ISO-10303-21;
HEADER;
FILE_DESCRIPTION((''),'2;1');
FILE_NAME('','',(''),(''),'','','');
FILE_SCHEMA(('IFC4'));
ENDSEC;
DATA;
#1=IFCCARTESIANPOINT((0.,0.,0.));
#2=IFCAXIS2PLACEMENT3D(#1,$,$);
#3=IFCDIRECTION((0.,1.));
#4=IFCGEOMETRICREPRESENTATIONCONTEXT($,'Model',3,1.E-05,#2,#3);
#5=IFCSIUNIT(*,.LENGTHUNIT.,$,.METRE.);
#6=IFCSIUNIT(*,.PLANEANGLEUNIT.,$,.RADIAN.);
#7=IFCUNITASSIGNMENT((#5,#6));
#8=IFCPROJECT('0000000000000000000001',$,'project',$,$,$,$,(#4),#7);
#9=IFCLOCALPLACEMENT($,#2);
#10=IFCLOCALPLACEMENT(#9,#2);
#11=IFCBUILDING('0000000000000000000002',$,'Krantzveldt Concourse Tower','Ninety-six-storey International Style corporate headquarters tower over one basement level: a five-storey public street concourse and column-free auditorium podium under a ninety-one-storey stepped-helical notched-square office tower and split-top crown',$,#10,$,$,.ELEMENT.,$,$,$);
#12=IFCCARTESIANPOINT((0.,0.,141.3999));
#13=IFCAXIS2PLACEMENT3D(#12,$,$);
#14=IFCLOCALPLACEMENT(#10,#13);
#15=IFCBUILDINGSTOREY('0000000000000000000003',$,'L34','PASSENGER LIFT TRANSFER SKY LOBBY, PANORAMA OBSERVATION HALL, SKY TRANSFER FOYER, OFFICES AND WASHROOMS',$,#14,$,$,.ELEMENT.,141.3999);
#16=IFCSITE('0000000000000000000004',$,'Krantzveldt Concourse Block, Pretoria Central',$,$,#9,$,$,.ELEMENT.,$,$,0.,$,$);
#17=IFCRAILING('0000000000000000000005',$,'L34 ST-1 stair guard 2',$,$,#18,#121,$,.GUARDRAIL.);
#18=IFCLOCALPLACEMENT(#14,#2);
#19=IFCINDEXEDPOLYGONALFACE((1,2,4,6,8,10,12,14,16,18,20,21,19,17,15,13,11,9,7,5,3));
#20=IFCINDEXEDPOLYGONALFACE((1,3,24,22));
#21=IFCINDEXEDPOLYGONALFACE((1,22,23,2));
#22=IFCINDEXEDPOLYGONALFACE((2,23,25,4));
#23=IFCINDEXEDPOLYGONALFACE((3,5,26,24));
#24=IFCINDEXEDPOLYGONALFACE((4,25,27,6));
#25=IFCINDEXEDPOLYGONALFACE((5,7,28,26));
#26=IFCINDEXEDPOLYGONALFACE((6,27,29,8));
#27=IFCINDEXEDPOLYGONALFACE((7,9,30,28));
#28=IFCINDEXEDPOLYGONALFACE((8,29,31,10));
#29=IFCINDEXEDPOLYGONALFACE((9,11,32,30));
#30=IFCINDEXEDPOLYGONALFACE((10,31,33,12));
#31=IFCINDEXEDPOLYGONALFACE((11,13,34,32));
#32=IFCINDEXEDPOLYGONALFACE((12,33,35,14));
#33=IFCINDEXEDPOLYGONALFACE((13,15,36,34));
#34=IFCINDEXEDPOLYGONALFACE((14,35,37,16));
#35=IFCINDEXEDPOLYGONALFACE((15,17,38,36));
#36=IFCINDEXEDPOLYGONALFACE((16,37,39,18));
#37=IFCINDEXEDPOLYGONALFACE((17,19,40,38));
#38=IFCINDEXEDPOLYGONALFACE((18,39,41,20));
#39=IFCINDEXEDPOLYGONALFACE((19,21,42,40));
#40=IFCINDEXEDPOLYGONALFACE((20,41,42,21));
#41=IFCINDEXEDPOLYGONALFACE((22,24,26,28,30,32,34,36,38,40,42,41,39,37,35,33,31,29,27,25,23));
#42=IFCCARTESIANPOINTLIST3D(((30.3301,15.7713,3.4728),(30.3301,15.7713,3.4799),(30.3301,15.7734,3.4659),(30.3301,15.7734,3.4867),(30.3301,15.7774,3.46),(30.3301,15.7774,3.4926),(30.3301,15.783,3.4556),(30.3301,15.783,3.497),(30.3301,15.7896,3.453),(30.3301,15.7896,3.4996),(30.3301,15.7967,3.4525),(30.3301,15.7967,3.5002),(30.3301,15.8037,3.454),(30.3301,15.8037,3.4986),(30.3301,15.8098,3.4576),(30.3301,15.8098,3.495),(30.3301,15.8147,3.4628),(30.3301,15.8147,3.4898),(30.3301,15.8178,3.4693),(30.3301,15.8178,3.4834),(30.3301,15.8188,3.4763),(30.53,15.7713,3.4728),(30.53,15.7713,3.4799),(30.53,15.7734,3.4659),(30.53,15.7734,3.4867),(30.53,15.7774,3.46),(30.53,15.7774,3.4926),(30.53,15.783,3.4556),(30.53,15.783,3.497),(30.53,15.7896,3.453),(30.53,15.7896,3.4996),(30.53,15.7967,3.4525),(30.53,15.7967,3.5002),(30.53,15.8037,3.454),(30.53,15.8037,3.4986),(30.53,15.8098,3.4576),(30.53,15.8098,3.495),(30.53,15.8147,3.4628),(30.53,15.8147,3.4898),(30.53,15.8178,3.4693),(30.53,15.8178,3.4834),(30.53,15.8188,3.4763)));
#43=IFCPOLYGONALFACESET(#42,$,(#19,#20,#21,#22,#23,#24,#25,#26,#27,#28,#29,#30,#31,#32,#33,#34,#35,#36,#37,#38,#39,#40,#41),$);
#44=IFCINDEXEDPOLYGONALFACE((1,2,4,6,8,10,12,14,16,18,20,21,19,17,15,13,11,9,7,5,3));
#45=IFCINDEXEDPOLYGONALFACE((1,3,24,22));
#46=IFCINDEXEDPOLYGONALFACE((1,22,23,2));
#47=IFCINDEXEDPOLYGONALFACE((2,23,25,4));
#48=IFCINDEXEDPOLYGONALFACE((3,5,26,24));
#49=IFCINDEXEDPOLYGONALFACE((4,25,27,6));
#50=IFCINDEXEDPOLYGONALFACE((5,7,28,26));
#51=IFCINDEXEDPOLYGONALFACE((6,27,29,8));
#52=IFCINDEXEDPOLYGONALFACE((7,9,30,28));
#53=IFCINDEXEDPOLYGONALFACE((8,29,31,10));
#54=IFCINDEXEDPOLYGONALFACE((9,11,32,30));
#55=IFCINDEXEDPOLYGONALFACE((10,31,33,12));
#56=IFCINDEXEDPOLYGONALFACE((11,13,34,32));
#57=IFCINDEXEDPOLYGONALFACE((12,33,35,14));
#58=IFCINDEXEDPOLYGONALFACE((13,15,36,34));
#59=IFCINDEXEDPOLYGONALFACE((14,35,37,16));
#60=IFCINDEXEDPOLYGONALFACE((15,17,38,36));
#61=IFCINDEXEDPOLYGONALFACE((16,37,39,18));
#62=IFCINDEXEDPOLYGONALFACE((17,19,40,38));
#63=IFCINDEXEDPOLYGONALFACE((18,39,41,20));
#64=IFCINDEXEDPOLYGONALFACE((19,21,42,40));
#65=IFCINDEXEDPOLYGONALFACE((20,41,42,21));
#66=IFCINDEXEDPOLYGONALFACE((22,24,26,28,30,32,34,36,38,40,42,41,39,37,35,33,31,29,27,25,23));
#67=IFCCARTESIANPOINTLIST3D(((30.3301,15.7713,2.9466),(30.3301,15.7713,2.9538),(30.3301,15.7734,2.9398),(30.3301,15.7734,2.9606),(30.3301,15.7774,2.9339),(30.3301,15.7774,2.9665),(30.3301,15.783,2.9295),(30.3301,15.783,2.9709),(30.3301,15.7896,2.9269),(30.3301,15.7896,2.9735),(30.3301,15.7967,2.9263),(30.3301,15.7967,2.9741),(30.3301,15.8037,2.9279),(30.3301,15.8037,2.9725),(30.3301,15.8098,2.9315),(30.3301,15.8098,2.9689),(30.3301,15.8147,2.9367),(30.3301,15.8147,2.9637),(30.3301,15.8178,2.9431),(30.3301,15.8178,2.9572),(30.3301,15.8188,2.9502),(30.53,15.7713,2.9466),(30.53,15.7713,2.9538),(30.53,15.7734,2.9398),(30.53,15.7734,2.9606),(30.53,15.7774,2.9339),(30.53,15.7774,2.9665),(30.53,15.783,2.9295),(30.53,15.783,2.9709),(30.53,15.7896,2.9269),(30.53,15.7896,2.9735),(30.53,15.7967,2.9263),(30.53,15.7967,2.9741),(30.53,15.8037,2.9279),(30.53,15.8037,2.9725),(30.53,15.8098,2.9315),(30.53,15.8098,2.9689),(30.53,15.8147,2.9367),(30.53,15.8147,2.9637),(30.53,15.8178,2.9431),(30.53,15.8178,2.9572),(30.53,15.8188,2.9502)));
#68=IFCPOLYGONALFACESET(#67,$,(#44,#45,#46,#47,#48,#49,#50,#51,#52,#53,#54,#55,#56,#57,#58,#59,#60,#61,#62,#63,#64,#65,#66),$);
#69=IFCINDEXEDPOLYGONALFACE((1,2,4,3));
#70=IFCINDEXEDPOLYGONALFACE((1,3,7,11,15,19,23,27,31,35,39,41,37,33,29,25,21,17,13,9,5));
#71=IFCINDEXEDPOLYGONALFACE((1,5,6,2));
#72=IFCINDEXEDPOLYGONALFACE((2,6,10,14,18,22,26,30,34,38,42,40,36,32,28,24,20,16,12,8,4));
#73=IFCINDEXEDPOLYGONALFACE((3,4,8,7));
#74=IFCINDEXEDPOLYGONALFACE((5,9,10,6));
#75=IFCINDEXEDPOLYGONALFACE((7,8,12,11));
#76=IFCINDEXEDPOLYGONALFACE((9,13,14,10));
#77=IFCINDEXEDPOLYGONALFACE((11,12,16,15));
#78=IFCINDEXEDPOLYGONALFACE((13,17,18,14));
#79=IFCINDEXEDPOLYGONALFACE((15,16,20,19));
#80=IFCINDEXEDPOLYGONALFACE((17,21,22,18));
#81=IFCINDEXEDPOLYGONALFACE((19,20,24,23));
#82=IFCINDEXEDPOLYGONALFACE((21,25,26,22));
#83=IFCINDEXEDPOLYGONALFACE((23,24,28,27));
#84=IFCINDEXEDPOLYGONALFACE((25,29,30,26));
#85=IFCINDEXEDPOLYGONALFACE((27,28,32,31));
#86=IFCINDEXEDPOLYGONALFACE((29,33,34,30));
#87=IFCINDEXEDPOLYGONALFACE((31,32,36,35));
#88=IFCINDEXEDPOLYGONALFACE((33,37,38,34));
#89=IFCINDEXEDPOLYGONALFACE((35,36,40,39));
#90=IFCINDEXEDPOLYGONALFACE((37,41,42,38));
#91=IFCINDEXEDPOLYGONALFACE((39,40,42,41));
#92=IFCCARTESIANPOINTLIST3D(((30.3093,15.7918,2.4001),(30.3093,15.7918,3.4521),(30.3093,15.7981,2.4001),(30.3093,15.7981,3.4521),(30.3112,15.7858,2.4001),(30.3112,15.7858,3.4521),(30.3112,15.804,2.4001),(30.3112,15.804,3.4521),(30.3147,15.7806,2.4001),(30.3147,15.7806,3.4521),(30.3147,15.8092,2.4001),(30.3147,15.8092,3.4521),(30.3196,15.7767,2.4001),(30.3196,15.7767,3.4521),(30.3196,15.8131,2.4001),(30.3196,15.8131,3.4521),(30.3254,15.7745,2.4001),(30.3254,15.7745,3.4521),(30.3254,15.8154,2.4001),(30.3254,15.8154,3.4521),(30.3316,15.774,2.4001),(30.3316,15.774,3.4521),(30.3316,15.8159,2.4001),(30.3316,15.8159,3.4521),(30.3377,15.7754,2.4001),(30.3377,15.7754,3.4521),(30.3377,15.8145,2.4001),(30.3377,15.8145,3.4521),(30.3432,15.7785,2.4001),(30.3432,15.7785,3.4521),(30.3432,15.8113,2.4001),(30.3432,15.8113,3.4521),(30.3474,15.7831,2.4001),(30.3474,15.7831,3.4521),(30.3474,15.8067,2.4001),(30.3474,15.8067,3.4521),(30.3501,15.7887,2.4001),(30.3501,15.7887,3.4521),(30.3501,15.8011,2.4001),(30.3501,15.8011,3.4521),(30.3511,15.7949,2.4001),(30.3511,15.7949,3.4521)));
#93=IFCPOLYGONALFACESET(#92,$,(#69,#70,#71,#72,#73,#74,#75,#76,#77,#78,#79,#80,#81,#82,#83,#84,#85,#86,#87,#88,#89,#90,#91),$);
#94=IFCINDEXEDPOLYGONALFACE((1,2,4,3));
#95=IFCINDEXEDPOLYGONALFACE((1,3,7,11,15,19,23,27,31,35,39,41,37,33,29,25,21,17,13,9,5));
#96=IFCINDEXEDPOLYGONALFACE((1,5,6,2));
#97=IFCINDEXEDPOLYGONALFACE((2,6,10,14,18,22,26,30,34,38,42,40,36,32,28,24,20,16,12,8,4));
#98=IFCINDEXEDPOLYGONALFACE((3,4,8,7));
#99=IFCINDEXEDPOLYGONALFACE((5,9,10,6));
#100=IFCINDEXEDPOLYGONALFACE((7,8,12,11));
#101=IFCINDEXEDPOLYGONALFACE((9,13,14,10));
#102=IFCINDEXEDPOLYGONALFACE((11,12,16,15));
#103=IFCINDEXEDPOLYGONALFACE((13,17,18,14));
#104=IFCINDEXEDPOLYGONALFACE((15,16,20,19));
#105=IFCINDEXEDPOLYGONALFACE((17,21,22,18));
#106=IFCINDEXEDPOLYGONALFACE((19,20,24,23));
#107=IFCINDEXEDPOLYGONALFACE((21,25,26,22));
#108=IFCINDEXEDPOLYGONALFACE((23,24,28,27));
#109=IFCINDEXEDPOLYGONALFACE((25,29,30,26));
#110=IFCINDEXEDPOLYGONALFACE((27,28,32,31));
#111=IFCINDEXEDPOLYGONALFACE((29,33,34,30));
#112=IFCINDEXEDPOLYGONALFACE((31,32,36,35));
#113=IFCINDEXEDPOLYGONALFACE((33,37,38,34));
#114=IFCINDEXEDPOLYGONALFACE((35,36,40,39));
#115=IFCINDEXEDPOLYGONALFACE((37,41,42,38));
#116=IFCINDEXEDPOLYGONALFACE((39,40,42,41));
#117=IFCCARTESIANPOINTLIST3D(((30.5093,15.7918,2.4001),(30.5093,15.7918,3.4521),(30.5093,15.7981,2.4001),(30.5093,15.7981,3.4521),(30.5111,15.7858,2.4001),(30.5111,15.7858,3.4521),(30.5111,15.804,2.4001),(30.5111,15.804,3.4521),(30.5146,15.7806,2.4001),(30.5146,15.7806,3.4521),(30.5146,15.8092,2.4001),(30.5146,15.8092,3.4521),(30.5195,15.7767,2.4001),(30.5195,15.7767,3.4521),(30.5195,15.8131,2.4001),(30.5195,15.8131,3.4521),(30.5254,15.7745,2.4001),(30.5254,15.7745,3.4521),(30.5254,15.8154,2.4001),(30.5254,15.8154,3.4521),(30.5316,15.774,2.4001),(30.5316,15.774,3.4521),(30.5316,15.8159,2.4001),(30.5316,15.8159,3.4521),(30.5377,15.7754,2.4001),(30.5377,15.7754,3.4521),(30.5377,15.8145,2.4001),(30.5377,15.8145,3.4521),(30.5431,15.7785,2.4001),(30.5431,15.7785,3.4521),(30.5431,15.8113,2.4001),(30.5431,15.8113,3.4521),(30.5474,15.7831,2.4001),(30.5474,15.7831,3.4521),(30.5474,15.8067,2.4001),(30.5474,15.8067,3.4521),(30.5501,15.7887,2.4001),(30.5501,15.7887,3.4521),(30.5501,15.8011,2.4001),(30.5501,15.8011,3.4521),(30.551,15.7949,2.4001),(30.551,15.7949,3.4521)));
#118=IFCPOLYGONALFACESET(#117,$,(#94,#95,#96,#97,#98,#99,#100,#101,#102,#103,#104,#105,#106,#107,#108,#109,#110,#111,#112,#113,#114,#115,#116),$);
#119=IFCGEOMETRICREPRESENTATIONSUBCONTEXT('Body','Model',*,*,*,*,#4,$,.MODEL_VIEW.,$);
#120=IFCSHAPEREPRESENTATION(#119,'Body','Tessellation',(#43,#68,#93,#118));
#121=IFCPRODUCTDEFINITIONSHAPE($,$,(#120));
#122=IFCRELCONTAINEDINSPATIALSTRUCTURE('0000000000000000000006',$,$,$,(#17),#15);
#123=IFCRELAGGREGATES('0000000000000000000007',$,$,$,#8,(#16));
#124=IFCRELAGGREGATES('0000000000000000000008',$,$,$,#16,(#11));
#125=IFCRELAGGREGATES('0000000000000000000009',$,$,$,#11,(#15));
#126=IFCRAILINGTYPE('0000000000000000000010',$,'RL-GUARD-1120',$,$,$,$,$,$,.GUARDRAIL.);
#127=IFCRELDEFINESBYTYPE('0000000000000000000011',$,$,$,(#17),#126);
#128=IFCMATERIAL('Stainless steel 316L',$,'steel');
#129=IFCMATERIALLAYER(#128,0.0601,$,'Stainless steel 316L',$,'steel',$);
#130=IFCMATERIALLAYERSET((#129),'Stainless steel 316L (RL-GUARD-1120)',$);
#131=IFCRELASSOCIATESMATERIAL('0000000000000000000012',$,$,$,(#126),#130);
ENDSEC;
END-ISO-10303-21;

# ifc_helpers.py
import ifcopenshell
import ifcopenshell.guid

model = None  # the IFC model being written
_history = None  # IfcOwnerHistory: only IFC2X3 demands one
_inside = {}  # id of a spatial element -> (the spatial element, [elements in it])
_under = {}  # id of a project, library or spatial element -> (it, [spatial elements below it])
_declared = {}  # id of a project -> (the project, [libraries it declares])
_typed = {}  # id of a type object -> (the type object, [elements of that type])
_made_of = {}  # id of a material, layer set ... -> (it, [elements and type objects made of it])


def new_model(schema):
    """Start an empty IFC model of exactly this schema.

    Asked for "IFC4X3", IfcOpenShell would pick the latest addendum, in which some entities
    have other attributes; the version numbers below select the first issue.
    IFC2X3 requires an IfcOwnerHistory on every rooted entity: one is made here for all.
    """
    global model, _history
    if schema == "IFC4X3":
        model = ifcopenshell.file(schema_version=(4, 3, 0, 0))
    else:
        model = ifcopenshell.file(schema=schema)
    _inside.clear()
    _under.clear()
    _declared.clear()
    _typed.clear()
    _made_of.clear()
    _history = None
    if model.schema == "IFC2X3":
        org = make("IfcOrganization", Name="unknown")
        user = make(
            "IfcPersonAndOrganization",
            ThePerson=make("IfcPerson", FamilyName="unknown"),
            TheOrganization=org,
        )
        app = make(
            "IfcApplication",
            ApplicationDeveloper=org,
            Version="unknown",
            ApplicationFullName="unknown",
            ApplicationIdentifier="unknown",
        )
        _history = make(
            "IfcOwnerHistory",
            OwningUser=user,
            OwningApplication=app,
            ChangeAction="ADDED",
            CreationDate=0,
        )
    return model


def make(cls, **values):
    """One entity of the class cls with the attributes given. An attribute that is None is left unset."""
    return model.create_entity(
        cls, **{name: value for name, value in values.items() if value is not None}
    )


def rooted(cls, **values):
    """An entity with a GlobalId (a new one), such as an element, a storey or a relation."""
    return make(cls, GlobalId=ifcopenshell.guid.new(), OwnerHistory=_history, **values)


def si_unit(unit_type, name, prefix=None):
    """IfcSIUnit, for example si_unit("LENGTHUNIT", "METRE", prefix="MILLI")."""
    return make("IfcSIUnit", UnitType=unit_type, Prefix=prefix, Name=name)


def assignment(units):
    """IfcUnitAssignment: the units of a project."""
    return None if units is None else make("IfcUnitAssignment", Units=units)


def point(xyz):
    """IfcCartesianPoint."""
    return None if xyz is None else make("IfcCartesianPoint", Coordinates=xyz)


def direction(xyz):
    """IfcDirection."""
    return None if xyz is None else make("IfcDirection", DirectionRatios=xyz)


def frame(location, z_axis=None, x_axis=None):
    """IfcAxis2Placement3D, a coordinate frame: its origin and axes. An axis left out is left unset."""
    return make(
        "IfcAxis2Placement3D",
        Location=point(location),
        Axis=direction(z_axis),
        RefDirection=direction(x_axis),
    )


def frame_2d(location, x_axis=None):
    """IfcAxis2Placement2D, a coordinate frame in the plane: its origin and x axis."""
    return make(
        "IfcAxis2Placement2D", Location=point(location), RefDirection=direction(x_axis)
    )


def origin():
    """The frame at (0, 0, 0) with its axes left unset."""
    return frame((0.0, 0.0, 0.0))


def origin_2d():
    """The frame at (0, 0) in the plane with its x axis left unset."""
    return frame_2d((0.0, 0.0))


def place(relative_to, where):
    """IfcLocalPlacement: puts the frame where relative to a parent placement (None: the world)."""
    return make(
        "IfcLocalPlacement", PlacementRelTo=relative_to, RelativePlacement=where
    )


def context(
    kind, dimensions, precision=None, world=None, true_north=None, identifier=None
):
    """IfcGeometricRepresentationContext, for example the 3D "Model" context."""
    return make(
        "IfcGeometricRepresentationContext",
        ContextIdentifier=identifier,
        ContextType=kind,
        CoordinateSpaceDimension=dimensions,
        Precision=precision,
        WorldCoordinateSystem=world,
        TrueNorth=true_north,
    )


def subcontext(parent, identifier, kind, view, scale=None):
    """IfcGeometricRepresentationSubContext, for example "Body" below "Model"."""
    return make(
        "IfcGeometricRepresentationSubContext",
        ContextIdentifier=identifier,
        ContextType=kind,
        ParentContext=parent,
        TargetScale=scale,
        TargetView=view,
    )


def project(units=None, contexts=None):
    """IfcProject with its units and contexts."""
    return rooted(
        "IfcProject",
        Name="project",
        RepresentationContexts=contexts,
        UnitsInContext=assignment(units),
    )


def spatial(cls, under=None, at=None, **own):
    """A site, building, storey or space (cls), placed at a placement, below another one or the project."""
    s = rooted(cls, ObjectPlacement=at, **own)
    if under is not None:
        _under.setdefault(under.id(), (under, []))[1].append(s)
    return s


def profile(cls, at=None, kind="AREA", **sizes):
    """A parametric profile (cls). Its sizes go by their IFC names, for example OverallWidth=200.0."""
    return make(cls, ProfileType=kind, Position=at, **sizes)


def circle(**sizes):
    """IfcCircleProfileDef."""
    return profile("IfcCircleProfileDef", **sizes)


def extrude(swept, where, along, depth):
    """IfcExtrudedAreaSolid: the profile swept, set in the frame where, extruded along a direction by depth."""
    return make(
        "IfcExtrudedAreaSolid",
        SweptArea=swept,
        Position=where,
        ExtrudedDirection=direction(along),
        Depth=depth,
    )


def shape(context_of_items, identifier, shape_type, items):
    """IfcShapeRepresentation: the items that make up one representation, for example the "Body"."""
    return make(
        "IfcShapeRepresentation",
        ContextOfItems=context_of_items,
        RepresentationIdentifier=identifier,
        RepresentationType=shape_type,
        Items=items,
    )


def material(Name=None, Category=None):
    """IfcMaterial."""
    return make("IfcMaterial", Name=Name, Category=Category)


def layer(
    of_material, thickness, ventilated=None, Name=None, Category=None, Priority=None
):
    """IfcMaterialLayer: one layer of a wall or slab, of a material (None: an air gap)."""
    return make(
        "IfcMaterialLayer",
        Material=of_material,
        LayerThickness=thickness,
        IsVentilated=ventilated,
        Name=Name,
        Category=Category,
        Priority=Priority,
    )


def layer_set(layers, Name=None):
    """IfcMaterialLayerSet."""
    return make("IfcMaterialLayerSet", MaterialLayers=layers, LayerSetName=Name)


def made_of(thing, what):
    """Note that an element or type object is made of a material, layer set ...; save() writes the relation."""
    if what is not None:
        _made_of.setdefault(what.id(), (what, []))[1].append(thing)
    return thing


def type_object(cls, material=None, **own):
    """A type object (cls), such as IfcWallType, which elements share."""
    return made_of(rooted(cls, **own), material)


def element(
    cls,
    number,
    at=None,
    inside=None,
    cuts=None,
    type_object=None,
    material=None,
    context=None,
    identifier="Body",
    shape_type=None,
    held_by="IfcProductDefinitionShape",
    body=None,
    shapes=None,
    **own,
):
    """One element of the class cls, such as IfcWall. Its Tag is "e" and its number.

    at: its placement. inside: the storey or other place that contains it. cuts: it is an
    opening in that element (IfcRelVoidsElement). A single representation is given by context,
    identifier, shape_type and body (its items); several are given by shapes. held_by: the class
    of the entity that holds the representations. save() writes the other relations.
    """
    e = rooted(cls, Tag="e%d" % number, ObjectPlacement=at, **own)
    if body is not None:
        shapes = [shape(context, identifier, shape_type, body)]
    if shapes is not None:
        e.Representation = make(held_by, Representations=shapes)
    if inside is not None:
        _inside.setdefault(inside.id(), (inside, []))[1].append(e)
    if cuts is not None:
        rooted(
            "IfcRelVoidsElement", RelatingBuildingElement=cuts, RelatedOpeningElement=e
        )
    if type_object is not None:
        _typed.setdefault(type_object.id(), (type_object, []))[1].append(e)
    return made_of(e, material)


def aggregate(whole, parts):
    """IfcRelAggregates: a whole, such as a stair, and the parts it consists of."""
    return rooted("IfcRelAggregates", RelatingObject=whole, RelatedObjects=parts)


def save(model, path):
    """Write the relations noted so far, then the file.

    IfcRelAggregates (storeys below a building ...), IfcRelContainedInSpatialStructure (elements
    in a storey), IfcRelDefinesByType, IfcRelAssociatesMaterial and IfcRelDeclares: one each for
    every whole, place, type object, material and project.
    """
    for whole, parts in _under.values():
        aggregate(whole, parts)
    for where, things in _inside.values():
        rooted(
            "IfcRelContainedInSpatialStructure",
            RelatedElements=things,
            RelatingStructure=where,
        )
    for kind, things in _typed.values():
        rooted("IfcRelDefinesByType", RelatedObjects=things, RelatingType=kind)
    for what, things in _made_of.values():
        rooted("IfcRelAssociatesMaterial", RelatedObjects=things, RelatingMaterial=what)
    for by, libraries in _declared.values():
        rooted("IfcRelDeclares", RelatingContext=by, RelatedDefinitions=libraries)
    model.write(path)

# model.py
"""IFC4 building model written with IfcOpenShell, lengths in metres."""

from ifc_helpers import new_model, si_unit, direction, frame, origin, origin_2d, place, context, subcontext, project, spatial, circle, extrude, material, layer, layer_set, type_object, element, save


model = new_model("IFC4")

# Units and contexts
model_context = context("Model", 3, precision=1e-05, world=origin(), true_north=direction((0.0, 1.0)))
body_context = subcontext(model_context, "Body", "Model", "MODEL_VIEW")
ifc_project = project(units=[si_unit("LENGTHUNIT", "METRE"), si_unit("PLANEANGLEUNIT", "RADIAN")], contexts=[model_context])

# Site, building, storey
site_placement = place(None, origin())
site = spatial("IfcSite", under=ifc_project, at=site_placement, Name="Krantzveldt Concourse Block, Pretoria Central", CompositionType="ELEMENT", RefElevation=0.0)
building_placement = place(site_placement, origin())
building = spatial("IfcBuilding", under=site, at=building_placement, Name="Krantzveldt Concourse Tower", Description="Ninety-six-storey International Style corporate headquarters tower over one basement level: a five-storey public street concourse and column-free auditorium podium under a ninety-one-storey stepped-helical notched-square office tower and split-top crown", CompositionType="ELEMENT")
storey_placement = place(building_placement, frame((0.0, 0.0, 141.3999)))
storey = spatial("IfcBuildingStorey", under=building, at=storey_placement, Name="L34", Description="PASSENGER LIFT TRANSFER SKY LOBBY, PANORAMA OBSERVATION HALL, SKY TRANSFER FOYER, OFFICES AND WASHROOMS", CompositionType="ELEMENT", Elevation=141.3999)

# Shared definitions
ifc_material_1 = material(Name="Stainless steel 316L", Category="steel")

# Railing
ifc_layer_1 = layer(ifc_material_1, 0.0601, Name="Stainless steel 316L", Category="steel")
ifc_layer_set_1 = layer_set([ifc_layer_1], Name="Stainless steel 316L (RL-GUARD-1120)")
railing_type_1 = type_object("IfcRailingType", Name="RL-GUARD-1120", PredefinedType="GUARDRAIL", material=ifc_layer_set_1)
railing_1_placement = place(storey_placement, frame((30.3301, 15.7949, 2.4001)))
element("IfcRailing", 1, at=railing_1_placement, inside=storey, type_object=railing_type_1, Name="L34 ST-1 stair guard 2", PredefinedType="GUARDRAIL", context=body_context, shape_type="SweptSolid", body=[
    extrude(circle(Radius=0.0239, at=origin_2d()), frame((0.0, 0.0, 1.0762), z_axis=(1.0, 0.0, 0.0), x_axis=(0.0, 1.0, 0.0)), (0.0, 0.0, 1.0), 0.2),
    extrude(circle(Radius=0.0239, at=origin_2d()), frame((0.0, 0.0, 0.55), z_axis=(1.0, 0.0, 0.0), x_axis=(0.0, 1.0, 0.0)), (0.0, 0.0, 1.0), 0.2),
    extrude(circle(Radius=0.021, at=origin_2d()), origin(), (0.0, 0.0, 1.0), 1.052),
    extrude(circle(Radius=0.021, at=origin_2d()), frame((0.2, 0.0, 0.0)), (0.0, 0.0, 1.0), 1.052),
])

save(model, "model.ifc")
